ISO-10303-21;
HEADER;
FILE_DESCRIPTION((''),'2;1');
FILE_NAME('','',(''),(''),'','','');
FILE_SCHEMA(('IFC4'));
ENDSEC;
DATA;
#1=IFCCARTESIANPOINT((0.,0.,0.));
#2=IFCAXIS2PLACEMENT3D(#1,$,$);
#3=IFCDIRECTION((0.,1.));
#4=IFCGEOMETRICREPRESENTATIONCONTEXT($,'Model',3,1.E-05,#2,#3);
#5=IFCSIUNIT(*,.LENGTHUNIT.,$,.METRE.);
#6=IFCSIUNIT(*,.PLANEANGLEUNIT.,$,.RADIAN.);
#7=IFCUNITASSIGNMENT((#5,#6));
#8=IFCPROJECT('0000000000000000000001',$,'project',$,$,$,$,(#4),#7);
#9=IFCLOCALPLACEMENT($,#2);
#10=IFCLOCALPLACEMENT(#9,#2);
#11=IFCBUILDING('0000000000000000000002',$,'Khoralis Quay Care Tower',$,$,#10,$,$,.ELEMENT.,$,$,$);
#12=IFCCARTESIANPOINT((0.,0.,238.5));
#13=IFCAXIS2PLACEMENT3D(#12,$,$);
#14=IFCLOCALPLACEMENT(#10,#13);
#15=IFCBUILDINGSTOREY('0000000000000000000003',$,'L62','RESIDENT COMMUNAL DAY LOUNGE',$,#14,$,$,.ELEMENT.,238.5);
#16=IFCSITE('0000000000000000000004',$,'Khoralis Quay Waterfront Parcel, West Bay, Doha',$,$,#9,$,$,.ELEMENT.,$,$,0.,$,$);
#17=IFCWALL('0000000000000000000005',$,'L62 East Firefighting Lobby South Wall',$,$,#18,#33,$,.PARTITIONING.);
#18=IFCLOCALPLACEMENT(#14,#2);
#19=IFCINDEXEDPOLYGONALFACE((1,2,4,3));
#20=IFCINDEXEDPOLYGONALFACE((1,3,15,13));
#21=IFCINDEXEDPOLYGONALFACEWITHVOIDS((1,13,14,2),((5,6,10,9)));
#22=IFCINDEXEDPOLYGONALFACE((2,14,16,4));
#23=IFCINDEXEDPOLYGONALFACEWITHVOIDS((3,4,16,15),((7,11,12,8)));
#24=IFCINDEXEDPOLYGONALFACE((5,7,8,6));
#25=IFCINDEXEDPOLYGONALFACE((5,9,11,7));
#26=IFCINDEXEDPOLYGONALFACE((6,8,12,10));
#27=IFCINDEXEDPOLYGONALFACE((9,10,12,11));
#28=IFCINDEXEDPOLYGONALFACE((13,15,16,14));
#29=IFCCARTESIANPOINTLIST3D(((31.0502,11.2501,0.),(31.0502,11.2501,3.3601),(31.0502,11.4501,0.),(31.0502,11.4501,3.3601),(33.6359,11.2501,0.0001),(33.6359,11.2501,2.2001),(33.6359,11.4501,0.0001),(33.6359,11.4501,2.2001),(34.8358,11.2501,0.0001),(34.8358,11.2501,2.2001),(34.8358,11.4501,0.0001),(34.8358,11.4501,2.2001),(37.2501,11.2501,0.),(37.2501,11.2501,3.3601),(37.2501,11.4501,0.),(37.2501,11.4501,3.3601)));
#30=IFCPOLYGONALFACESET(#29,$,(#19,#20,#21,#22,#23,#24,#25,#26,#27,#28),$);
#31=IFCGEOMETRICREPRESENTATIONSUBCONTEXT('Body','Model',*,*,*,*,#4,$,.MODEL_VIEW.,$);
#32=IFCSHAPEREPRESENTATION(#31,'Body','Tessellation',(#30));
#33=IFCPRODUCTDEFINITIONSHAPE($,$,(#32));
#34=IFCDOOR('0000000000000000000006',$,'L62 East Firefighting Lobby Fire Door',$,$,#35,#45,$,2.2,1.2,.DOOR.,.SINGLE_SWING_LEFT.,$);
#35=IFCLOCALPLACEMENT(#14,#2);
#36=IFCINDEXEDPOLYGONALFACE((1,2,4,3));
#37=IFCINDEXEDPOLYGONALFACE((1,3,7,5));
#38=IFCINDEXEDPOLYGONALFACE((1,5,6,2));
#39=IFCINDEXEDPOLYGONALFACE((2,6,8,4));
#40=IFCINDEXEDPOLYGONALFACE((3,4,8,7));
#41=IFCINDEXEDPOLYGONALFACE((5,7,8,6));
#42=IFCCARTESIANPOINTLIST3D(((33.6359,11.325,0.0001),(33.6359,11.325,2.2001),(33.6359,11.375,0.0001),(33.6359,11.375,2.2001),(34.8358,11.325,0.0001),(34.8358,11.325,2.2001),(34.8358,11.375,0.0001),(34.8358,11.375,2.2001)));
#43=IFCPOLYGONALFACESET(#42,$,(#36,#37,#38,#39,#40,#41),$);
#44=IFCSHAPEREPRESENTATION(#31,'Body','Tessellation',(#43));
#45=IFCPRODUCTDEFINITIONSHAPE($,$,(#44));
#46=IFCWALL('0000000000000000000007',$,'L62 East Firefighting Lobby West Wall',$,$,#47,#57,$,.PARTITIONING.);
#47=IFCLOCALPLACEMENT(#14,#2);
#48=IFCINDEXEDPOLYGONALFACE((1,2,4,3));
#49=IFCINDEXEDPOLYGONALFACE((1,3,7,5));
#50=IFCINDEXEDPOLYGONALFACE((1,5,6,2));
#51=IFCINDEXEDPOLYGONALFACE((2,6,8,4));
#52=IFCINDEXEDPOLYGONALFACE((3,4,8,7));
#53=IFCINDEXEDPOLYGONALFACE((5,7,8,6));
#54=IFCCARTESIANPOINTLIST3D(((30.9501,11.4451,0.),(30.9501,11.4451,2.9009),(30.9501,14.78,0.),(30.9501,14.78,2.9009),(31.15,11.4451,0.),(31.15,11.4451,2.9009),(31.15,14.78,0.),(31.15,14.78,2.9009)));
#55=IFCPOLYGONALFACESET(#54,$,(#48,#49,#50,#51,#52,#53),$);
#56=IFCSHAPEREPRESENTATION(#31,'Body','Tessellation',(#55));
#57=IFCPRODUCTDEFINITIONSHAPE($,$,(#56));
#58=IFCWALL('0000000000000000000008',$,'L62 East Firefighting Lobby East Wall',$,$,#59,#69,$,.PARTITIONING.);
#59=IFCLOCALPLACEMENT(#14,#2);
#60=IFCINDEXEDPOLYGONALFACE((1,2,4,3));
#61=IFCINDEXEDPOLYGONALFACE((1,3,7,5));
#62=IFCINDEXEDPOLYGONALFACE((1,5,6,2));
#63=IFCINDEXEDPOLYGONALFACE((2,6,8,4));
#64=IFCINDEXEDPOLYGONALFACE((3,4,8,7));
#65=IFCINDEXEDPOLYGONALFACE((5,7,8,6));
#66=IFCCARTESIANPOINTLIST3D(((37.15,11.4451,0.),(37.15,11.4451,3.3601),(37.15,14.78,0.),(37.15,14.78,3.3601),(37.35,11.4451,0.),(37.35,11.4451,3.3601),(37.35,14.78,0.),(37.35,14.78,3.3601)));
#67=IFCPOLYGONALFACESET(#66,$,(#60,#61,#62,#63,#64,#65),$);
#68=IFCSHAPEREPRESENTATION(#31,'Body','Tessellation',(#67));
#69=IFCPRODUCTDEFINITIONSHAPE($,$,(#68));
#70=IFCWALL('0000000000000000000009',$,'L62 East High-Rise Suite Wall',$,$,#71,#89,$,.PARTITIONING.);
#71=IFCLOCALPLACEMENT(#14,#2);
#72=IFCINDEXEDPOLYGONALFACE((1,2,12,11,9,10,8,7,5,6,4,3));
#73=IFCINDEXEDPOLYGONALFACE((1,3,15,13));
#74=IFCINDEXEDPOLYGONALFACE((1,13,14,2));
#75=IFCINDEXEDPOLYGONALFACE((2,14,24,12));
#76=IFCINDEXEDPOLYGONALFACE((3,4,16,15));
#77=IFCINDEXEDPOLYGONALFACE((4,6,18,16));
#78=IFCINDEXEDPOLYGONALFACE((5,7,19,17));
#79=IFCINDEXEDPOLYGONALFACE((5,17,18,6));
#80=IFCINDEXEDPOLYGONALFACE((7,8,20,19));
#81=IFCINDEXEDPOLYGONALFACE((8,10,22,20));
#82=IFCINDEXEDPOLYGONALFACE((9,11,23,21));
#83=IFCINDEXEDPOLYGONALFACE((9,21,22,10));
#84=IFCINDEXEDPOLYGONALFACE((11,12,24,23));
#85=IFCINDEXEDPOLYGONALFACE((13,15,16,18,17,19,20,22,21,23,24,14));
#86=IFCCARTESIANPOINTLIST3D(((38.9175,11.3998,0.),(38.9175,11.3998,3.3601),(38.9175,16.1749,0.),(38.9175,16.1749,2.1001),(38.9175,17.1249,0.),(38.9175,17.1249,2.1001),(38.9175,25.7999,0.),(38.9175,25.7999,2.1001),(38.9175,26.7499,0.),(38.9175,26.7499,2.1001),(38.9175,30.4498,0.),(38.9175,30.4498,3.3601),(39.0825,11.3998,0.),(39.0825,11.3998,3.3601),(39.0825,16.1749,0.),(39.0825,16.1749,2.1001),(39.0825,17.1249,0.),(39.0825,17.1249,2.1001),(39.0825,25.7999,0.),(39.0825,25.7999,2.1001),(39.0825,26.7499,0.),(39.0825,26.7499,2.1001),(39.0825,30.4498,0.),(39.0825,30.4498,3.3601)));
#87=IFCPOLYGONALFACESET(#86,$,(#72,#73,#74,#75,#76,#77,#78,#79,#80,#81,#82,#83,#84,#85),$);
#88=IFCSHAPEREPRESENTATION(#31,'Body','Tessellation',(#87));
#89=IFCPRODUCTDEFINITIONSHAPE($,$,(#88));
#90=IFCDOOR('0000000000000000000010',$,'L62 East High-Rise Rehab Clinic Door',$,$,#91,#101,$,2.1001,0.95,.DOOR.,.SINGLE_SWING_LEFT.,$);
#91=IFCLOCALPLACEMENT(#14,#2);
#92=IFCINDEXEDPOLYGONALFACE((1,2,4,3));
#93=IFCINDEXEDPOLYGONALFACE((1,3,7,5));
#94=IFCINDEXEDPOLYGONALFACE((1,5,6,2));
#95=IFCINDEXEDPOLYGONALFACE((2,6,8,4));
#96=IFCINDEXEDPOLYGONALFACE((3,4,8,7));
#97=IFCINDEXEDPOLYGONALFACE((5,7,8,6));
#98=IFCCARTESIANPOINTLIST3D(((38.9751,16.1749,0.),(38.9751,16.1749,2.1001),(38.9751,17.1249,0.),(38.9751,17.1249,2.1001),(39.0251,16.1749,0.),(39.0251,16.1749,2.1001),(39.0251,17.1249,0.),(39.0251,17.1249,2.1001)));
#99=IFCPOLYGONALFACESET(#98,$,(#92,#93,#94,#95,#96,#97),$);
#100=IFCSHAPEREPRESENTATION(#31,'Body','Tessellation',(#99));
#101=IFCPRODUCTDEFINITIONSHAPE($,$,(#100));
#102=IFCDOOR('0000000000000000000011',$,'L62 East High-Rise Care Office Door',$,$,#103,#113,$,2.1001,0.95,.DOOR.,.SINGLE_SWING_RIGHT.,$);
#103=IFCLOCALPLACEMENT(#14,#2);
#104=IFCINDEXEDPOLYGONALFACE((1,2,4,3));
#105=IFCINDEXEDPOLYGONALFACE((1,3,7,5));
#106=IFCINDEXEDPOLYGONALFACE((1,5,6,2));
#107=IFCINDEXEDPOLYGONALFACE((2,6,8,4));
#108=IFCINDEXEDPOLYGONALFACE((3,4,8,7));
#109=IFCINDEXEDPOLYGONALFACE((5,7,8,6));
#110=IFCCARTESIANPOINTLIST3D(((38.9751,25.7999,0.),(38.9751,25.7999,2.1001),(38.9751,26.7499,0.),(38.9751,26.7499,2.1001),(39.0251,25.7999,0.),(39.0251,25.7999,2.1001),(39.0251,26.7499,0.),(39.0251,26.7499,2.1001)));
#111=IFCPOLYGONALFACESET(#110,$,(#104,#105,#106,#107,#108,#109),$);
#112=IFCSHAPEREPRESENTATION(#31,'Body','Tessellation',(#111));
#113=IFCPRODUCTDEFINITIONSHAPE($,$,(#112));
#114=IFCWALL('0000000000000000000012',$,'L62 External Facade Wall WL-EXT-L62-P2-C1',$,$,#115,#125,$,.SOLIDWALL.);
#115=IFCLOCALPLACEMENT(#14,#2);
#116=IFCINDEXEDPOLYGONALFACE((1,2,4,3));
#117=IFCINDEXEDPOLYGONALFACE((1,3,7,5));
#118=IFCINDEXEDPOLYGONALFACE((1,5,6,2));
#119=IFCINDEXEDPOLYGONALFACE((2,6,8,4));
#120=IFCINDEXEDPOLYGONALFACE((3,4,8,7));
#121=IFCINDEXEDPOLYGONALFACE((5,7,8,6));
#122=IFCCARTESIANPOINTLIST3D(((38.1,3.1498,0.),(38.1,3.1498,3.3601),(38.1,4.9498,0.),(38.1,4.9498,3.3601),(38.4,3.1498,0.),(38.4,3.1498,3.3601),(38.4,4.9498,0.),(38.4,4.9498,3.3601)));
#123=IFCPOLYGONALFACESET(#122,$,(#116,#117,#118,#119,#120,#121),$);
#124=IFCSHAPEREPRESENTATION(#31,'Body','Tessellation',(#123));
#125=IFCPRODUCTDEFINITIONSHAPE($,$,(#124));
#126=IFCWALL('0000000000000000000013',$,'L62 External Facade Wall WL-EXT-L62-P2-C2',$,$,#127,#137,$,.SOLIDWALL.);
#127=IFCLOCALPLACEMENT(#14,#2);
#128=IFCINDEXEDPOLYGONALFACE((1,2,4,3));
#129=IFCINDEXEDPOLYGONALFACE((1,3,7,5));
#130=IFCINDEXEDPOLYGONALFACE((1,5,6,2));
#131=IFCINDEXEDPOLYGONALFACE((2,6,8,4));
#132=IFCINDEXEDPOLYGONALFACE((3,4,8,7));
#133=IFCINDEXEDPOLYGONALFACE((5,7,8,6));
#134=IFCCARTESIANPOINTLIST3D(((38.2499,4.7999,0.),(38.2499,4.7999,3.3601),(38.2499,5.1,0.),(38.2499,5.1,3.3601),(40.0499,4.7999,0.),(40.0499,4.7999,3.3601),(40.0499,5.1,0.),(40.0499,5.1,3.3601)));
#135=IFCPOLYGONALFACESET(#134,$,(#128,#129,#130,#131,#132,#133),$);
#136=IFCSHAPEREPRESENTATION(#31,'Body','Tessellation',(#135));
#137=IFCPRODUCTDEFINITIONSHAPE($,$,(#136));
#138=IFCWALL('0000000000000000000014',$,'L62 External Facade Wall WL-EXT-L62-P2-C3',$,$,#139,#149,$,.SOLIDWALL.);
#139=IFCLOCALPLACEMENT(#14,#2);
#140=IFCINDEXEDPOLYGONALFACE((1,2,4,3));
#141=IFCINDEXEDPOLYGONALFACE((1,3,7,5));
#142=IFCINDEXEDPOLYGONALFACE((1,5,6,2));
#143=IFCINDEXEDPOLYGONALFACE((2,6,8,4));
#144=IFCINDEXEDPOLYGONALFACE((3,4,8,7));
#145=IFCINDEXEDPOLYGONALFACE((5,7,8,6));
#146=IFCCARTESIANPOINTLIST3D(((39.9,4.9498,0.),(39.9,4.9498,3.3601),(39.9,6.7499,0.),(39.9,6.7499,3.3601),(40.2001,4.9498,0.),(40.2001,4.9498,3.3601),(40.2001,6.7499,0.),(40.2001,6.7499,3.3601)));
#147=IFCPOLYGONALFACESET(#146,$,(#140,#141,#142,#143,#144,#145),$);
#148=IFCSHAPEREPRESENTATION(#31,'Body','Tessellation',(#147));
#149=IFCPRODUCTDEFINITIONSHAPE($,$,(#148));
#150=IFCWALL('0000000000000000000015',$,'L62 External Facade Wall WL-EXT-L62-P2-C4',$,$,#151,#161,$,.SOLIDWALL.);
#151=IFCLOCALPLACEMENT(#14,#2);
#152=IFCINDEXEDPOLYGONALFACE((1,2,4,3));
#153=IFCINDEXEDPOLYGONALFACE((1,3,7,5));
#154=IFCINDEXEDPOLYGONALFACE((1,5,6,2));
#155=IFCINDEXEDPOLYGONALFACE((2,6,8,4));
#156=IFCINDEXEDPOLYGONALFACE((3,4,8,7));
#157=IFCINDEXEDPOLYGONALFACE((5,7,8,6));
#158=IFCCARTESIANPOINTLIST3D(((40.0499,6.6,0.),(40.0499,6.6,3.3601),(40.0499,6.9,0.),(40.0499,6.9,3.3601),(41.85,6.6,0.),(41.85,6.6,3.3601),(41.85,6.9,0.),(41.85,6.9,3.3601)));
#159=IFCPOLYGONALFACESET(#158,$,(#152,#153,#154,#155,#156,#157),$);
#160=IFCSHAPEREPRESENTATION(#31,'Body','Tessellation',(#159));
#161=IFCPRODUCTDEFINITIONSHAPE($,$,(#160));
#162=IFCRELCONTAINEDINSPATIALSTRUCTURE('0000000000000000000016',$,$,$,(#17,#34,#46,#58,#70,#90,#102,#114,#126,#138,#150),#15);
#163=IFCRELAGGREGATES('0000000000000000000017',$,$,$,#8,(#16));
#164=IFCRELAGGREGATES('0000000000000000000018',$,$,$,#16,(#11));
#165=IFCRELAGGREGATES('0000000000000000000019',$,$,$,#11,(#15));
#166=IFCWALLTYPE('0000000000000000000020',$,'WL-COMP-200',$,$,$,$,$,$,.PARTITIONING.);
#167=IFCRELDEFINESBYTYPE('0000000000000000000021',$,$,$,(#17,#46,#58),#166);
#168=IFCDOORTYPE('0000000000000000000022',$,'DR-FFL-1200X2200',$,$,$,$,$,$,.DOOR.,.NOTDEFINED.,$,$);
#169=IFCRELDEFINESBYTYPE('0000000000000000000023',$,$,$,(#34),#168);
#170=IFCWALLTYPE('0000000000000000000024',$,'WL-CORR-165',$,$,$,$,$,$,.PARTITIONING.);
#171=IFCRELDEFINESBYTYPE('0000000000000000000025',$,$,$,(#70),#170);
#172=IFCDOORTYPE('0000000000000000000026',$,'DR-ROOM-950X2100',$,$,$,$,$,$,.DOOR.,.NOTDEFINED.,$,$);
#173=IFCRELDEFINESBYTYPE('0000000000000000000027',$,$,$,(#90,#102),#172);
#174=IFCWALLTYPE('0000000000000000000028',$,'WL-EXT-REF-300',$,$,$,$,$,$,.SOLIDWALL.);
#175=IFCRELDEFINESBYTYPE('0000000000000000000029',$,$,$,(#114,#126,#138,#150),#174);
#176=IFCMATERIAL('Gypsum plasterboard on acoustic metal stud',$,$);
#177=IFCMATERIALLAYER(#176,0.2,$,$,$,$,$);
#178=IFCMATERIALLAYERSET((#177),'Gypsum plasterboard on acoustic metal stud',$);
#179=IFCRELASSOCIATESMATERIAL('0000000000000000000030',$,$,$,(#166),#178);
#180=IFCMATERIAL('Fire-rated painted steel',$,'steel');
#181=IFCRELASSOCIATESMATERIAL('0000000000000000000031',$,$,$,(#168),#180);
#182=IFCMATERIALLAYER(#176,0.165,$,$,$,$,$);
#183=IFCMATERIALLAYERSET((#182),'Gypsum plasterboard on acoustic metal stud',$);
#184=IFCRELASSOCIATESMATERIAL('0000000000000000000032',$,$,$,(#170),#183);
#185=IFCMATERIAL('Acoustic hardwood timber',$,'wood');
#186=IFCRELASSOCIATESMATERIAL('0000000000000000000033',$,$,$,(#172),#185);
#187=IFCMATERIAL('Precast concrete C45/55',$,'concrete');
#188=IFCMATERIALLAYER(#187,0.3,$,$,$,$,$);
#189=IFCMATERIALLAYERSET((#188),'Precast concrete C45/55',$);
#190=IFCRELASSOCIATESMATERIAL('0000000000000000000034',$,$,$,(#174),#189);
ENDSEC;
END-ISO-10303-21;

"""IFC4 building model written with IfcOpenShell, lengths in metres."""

from ifc_helpers import new_model, si_unit, direction, frame, frame_2d, origin, place, context, subcontext, project, spatial, rectangle, extrude, source, transform, mapped, material, layer, layer_set, type_object, element, fill, save


model = new_model("IFC4")

# Units and contexts
model_context = context("Model", 3, precision=1e-05, world=origin(), true_north=direction((0.0, 1.0)))
body_context = subcontext(model_context, "Body", "Model", "MODEL_VIEW")
ifc_project = project(units=[si_unit("LENGTHUNIT", "METRE"), si_unit("PLANEANGLEUNIT", "RADIAN")], contexts=[model_context])

# Site, building, storey
site_placement = place(None, origin())
site = spatial("IfcSite", under=ifc_project, at=site_placement, Name="Khoralis Quay Waterfront Parcel, West Bay, Doha", CompositionType="ELEMENT", RefElevation=0.0)
building_placement = place(site_placement, origin())
building = spatial("IfcBuilding", under=site, at=building_placement, Name="Khoralis Quay Care Tower", CompositionType="ELEMENT")
storey_placement = place(building_placement, frame((0.0, 0.0, 238.5)))
storey = spatial("IfcBuildingStorey", under=building, at=storey_placement, Name="L62", Description="RESIDENT COMMUNAL DAY LOUNGE", CompositionType="ELEMENT", Elevation=238.5)

# Wall, opening, door
ifc_material_1 = material(Name="Gypsum plasterboard on acoustic metal stud")
ifc_layer_1 = layer(ifc_material_1, 0.2)
ifc_layer_set_1 = layer_set([ifc_layer_1], Name="Gypsum plasterboard on acoustic metal stud")
wall_type_1 = type_object("IfcWallType", Name="WL-COMP-200", PredefinedType="PARTITIONING", material=ifc_layer_set_1)
wall_1_placement = place(storey_placement, frame((31.05, 11.3501, 0.0), z_axis=(0.0, 0.0, 1.0), x_axis=(1.0, 0.0, 0.0)))
wall_1 = element("IfcWall", 1, at=wall_1_placement, inside=storey, type_object=wall_type_1, Name="L62 East Firefighting Lobby South Wall", PredefinedType="PARTITIONING", context=body_context, shape_type="SweptSolid", body=[
    extrude(rectangle(XDim=6.2, YDim=0.2, at=frame_2d((3.1001, 0.0))), origin(), (0.0, 0.0, 1.0), 3.3601),
])
opening_1_placement = place(wall_1_placement, frame((2.5857, 0.0, 0.0)))
opening_1 = element("IfcOpeningElement", 2, at=opening_1_placement, cuts=wall_1, PredefinedType="OPENING", context=body_context, shape_type="SweptSolid", body=[
    extrude(rectangle(XDim=1.2, YDim=2.2, at=frame_2d((0.6001, 1.1001))), frame((0.0, 0.1099, 0.0), z_axis=(0.0, -1.0, 0.0), x_axis=(1.0, 0.0, 0.0)), (0.0, 0.0, 1.0), 0.22),
])
ifc_material_2 = material(Name="Fire-rated painted steel", Category="steel")
door_type_1 = type_object("IfcDoorType", Name="DR-FFL-1200X2200", OperationType="NOTDEFINED", PredefinedType="DOOR", material=ifc_material_2)
shared_shape_1 = source(origin(), body_context, "Body", "SweptSolid", [
    extrude(rectangle(XDim=1.2, YDim=2.2, at=frame_2d((0.6001, 1.1001))), frame((0.0, 0.0249, 0.0), z_axis=(0.0, -1.0, 0.0), x_axis=(1.0, 0.0, 0.0)), (0.0, 0.0, 1.0), 0.05),
])
door_1_placement = place(opening_1_placement, origin())
door_1 = element("IfcDoor", 3, at=door_1_placement, inside=storey, type_object=door_type_1, Name="L62 East Firefighting Lobby Fire Door", OperationType="SINGLE_SWING_LEFT", OverallHeight=2.2, OverallWidth=1.2, PredefinedType="DOOR", context=body_context, shape_type="MappedRepresentation", body=[
    mapped(shared_shape_1, transform((0.0, 0.0, 0.0), scale=1.0)),
])
fill(opening_1, door_1)

# Walls
wall_2_placement = place(storey_placement, frame((31.05, 11.4451, 0.0), z_axis=(0.0, 0.0, 1.0), x_axis=(0.0, 1.0, 0.0)))
element("IfcWall", 4, at=wall_2_placement, inside=storey, type_object=wall_type_1, Name="L62 East Firefighting Lobby West Wall", PredefinedType="PARTITIONING", context=body_context, shape_type="SweptSolid", body=[
    extrude(rectangle(XDim=3.335, YDim=0.2, at=frame_2d((1.6675, 0.0))), origin(), (0.0, 0.0, 1.0), 2.9009),
])
wall_3_placement = place(storey_placement, frame((37.25, 11.4451, 0.0), z_axis=(0.0, 0.0, 1.0), x_axis=(0.0, 1.0, 0.0)))
element("IfcWall", 5, at=wall_3_placement, inside=storey, type_object=wall_type_1, Name="L62 East Firefighting Lobby East Wall", PredefinedType="PARTITIONING", context=body_context, shape_type="SweptSolid", body=[
    extrude(rectangle(XDim=3.335, YDim=0.2, at=frame_2d((1.6675, 0.0))), origin(), (0.0, 0.0, 1.0), 3.3601),
])

# Wall, openings, doors
ifc_layer_2 = layer(ifc_material_1, 0.165)
ifc_layer_set_2 = layer_set([ifc_layer_2], Name="Gypsum plasterboard on acoustic metal stud")
wall_type_2 = type_object("IfcWallType", Name="WL-CORR-165", PredefinedType="PARTITIONING", material=ifc_layer_set_2)
wall_4_placement = place(storey_placement, frame((39.0, 11.3999, 0.0), z_axis=(0.0, 0.0, 1.0), x_axis=(0.0, 1.0, 0.0)))
wall_4 = element("IfcWall", 6, at=wall_4_placement, inside=storey, type_object=wall_type_2, Name="L62 East High-Rise Suite Wall", PredefinedType="PARTITIONING", context=body_context, shape_type="SweptSolid", body=[
    extrude(rectangle(XDim=19.05, YDim=0.165, at=frame_2d((9.5249, 0.0))), origin(), (0.0, 0.0, 1.0), 3.3601),
])
opening_2_placement = place(wall_4_placement, frame((4.7749, 0.0, 0.0)))
opening_2 = element("IfcOpeningElement", 7, at=opening_2_placement, cuts=wall_4, PredefinedType="OPENING", context=body_context, shape_type="SweptSolid", body=[
    extrude(rectangle(XDim=0.95, YDim=2.1001, at=frame_2d((0.4751, 1.05))), frame((0.0, 0.0925, 0.0), z_axis=(0.0, -1.0, 0.0), x_axis=(1.0, 0.0, 0.0)), (0.0, 0.0, 1.0), 0.1851),
])
opening_3_placement = place(wall_4_placement, frame((14.3999, 0.0, 0.0)))
opening_3 = element("IfcOpeningElement", 8, at=opening_3_placement, cuts=wall_4, PredefinedType="OPENING", context=body_context, shape_type="SweptSolid", body=[
    extrude(rectangle(XDim=0.95, YDim=2.1001, at=frame_2d((0.4751, 1.05))), frame((0.0, 0.0925, 0.0), z_axis=(0.0, -1.0, 0.0), x_axis=(1.0, 0.0, 0.0)), (0.0, 0.0, 1.0), 0.1851),
])
ifc_material_3 = material(Name="Acoustic hardwood timber", Category="wood")
door_type_2 = type_object("IfcDoorType", Name="DR-ROOM-950X2100", OperationType="NOTDEFINED", PredefinedType="DOOR", material=ifc_material_3)
shared_shape_2 = source(origin(), body_context, "Body", "SweptSolid", [
    extrude(rectangle(XDim=0.95, YDim=2.1001, at=frame_2d((0.4751, 1.05))), frame((0.0, 0.0249, 0.0), z_axis=(0.0, -1.0, 0.0), x_axis=(1.0, 0.0, 0.0)), (0.0, 0.0, 1.0), 0.05),
])
door_2_placement = place(opening_2_placement, origin())
door_2 = element("IfcDoor", 9, at=door_2_placement, inside=storey, type_object=door_type_2, Name="L62 East High-Rise Rehab Clinic Door", OperationType="SINGLE_SWING_LEFT", OverallHeight=2.1001, OverallWidth=0.95, PredefinedType="DOOR", context=body_context, shape_type="MappedRepresentation", body=[
    mapped(shared_shape_2, transform((0.0, 0.0, 0.0), scale=1.0)),
])
fill(opening_2, door_2)
door_3_placement = place(opening_3_placement, origin())
door_3 = element("IfcDoor", 10, at=door_3_placement, inside=storey, type_object=door_type_2, Name="L62 East High-Rise Care Office Door", OperationType="SINGLE_SWING_RIGHT", OverallHeight=2.1001, OverallWidth=0.95, PredefinedType="DOOR", context=body_context, shape_type="MappedRepresentation", body=[
    mapped(shared_shape_2, transform((0.0, 0.0, 0.0), scale=1.0)),
])
fill(opening_3, door_3)

# Walls
ifc_material_4 = material(Name="Precast concrete C45/55", Category="concrete")
ifc_layer_3 = layer(ifc_material_4, 0.3)
ifc_layer_set_3 = layer_set([ifc_layer_3], Name="Precast concrete C45/55")
wall_type_3 = type_object("IfcWallType", Name="WL-EXT-REF-300", PredefinedType="SOLIDWALL", material=ifc_layer_set_3)
for number, where, z_axis, x_axis, name in (
    (11, (38.25, 3.1499, 0.0), (0.0, 0.0, 1.0), (0.0, 1.0, 0.0), "L62 External Facade Wall WL-EXT-L62-P2-C1"),
    (12, (38.25, 4.95, 0.0), (0.0, 0.0, 1.0), (1.0, 0.0, 0.0), "L62 External Facade Wall WL-EXT-L62-P2-C2"),
    (13, (40.05, 4.95, 0.0), (0.0, 0.0, 1.0), (0.0, 1.0, 0.0), "L62 External Facade Wall WL-EXT-L62-P2-C3"),
    (14, (40.05, 6.75, 0.0), (0.0, 0.0, 1.0), (1.0, 0.0, 0.0), "L62 External Facade Wall WL-EXT-L62-P2-C4"),
):
    element("IfcWall", number, at=place(storey_placement, frame(where, z_axis=z_axis, x_axis=x_axis)), inside=storey, type_object=wall_type_3, Name=name, PredefinedType="SOLIDWALL", context=body_context, shape_type="SweptSolid", body=[
        extrude(rectangle(XDim=1.8, YDim=0.3, at=frame_2d((0.8999, 0.0))), origin(), (0.0, 0.0, 1.0), 3.3601),
    ])

save(model, "model.ifc")
